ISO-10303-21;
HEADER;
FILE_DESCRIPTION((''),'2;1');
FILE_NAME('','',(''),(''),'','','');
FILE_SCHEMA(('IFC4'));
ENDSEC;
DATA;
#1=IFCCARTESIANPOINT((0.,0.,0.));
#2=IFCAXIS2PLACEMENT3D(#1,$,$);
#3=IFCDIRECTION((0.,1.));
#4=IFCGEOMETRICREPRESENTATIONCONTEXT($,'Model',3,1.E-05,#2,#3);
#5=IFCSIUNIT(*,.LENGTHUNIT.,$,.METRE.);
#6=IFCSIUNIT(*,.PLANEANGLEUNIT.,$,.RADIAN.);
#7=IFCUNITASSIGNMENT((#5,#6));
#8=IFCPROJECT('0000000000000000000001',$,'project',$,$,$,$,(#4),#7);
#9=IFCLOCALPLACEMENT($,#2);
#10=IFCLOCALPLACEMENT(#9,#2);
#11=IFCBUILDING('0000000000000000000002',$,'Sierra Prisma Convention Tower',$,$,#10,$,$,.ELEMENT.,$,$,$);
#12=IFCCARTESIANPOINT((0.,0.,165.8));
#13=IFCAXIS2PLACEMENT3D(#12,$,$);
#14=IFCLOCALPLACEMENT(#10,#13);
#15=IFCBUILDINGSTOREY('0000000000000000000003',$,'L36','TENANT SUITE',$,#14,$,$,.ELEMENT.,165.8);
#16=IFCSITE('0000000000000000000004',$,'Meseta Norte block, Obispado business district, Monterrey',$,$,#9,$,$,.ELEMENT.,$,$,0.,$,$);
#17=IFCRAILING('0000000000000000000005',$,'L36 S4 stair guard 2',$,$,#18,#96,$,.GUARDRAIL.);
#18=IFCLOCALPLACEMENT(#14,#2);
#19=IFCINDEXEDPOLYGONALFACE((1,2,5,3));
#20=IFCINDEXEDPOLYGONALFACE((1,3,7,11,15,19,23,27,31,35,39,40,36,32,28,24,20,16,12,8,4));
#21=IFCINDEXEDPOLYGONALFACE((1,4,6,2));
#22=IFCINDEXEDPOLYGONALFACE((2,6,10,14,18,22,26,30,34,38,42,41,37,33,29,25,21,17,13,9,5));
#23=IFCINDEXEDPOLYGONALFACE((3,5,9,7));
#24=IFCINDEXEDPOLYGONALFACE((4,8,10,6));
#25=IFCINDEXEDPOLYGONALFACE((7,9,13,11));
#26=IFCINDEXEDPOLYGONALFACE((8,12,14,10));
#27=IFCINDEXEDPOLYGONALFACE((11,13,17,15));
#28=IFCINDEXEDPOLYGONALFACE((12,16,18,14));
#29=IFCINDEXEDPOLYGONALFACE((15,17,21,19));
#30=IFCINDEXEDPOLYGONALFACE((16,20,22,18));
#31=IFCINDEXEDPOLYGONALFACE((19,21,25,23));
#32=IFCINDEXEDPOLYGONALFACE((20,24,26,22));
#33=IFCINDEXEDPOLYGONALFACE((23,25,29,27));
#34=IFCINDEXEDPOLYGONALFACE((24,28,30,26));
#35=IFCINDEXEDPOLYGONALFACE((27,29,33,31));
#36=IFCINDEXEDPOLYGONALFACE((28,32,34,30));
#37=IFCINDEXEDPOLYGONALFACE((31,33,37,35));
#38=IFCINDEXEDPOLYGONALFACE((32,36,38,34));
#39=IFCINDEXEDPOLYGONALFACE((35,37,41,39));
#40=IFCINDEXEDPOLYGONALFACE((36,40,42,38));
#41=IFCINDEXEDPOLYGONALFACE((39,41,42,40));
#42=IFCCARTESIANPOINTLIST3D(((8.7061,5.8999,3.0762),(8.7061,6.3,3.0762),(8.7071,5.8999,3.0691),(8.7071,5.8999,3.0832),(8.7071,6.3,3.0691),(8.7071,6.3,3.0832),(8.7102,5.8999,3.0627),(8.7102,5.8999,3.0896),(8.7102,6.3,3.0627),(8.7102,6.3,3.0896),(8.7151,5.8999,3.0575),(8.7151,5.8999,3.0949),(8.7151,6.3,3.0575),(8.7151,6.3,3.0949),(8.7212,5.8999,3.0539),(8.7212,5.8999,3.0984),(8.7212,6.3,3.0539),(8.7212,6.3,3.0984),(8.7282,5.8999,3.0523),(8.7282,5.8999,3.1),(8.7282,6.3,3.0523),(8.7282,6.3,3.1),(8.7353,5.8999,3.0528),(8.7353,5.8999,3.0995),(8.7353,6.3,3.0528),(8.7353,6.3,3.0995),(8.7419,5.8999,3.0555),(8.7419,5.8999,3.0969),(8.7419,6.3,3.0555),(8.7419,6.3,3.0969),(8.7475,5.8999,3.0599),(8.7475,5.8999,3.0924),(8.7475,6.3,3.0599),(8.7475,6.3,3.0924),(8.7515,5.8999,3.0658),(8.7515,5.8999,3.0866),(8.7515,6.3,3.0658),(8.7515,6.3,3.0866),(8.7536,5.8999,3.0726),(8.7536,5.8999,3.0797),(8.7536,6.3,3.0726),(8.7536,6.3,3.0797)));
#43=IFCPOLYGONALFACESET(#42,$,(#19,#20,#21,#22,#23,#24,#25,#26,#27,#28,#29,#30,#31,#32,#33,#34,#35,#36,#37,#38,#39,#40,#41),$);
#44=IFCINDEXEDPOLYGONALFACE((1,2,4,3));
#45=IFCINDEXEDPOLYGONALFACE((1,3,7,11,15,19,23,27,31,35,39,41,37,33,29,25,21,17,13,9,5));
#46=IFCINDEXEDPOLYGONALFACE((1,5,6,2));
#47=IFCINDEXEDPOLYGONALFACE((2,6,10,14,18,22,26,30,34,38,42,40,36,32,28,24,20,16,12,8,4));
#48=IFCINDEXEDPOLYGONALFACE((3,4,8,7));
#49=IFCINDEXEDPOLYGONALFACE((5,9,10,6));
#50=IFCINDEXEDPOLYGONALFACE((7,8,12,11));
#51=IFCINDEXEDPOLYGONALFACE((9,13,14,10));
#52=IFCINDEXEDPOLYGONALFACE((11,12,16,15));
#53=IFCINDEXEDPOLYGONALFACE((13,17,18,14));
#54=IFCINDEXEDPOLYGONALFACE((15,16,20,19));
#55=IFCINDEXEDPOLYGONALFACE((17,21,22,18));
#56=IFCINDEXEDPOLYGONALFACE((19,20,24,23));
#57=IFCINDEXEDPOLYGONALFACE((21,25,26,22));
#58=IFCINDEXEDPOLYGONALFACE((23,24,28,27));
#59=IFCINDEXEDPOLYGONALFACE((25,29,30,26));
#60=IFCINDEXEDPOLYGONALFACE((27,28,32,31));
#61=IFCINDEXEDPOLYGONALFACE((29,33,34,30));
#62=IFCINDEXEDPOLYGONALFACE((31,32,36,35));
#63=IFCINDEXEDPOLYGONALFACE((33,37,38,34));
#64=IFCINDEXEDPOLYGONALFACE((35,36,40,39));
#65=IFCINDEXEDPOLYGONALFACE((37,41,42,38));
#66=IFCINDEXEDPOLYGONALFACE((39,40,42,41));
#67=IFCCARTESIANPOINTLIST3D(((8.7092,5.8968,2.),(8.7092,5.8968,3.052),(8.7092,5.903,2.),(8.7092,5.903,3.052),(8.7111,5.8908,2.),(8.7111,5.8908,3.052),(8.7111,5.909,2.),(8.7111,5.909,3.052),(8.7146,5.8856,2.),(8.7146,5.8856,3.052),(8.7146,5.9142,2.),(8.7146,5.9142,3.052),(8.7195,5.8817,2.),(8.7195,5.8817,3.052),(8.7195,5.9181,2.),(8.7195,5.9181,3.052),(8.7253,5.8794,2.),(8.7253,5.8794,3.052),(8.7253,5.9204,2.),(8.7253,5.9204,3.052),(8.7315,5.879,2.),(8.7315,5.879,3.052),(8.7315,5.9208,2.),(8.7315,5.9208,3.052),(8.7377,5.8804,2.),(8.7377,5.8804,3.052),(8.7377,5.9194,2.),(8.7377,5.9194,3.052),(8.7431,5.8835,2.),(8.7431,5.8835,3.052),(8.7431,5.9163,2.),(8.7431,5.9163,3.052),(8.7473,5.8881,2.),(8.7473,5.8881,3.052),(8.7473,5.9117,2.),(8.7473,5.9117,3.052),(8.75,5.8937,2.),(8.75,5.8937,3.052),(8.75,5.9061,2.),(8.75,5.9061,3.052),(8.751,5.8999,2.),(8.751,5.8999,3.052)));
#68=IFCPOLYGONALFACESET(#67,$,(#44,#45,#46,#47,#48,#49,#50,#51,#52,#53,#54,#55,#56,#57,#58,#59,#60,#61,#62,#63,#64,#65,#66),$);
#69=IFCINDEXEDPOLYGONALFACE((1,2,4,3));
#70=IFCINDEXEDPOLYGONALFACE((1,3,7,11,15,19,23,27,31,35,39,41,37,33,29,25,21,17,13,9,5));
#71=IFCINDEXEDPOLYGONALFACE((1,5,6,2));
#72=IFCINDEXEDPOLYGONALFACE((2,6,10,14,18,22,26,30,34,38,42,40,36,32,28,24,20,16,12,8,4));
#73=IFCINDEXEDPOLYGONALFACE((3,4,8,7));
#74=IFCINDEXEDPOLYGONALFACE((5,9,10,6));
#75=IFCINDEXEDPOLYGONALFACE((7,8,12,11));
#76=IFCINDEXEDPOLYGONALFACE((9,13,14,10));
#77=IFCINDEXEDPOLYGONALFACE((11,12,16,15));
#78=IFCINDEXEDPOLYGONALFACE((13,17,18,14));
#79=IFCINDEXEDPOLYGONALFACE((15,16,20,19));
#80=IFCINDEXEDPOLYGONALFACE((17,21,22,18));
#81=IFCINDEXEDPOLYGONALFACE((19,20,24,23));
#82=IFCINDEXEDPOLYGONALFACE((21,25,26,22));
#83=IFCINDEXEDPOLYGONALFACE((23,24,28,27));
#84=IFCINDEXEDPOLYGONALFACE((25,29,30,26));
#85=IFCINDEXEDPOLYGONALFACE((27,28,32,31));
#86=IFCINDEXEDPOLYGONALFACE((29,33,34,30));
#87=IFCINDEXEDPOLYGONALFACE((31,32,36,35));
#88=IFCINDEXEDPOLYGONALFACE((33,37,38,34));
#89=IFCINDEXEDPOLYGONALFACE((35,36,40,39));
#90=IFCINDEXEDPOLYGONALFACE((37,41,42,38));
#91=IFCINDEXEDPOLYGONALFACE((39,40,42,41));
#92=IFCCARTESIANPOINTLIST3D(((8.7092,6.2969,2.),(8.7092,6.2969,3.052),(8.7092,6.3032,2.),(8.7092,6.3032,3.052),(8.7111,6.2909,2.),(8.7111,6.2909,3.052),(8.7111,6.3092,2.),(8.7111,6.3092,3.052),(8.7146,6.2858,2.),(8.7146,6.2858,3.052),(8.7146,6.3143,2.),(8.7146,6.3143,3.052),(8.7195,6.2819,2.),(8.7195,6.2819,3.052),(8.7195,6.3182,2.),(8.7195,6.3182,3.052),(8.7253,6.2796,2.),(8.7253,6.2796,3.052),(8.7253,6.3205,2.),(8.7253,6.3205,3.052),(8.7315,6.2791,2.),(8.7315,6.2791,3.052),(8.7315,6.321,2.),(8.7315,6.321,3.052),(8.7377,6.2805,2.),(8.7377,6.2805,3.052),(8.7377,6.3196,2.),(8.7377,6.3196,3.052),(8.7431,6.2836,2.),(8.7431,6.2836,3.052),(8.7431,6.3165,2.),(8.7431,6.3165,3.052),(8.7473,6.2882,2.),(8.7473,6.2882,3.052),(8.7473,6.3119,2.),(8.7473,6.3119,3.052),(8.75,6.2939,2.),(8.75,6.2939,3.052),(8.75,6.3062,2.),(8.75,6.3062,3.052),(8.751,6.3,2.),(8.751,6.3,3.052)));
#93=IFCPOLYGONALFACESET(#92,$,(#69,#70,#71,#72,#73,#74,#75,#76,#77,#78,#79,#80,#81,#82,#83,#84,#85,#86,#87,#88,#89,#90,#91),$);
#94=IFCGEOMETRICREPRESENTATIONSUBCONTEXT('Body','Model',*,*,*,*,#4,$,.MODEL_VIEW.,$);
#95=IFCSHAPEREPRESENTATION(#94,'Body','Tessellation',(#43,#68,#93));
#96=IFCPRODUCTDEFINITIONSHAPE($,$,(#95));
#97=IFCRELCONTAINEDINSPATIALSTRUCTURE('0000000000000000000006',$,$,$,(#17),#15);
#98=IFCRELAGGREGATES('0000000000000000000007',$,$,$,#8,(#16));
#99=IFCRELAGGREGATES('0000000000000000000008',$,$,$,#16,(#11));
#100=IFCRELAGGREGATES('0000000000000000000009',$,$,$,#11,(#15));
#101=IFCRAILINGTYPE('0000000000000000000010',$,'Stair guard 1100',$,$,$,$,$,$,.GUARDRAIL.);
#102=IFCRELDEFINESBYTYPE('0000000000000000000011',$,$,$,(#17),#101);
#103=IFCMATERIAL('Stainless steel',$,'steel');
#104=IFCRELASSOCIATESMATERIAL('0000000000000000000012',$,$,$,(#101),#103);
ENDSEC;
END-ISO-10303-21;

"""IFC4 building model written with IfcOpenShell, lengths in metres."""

from ifc_helpers import new_model, si_unit, direction, frame, origin, origin_2d, place, context, subcontext, project, spatial, circle, extrude, material, type_object, element, save


model = new_model("IFC4")

# Units and contexts
model_context = context("Model", 3, precision=1e-05, world=origin(), true_north=direction((0.0, 1.0)))
body_context = subcontext(model_context, "Body", "Model", "MODEL_VIEW")
ifc_project = project(units=[si_unit("LENGTHUNIT", "METRE"), si_unit("PLANEANGLEUNIT", "RADIAN")], contexts=[model_context])

# Site, building, storey
site_placement = place(None, origin())
site = spatial("IfcSite", under=ifc_project, at=site_placement, Name="Meseta Norte block, Obispado business district, Monterrey", CompositionType="ELEMENT", RefElevation=0.0)
building_placement = place(site_placement, origin())
building = spatial("IfcBuilding", under=site, at=building_placement, Name="Sierra Prisma Convention Tower", CompositionType="ELEMENT")
storey_placement = place(building_placement, frame((0.0, 0.0, 165.8)))
storey = spatial("IfcBuildingStorey", under=building, at=storey_placement, Name="L36", Description="TENANT SUITE", CompositionType="ELEMENT", Elevation=165.8)

# Railing
ifc_material_1 = material(Name="Stainless steel", Category="steel")
railing_type = type_object("IfcRailingType", Name="Stair guard 1100", PredefinedType="GUARDRAIL", material=ifc_material_1)
railing_1_placement = place(storey_placement, frame((8.73, 5.8999, 2.0)))
element("IfcRailing", 1, at=railing_1_placement, inside=storey, type_object=railing_type, Name="L36 S4 stair guard 2", PredefinedType="GUARDRAIL", context=body_context, shape_type="SweptSolid", body=[
    extrude(circle(Radius=0.0239, at=origin_2d()), frame((0.0, 0.0, 1.0762), z_axis=(0.0, 1.0, 0.0), x_axis=(-1.0, 0.0, 0.0)), (0.0, 0.0, 1.0), 0.4001),
    extrude(circle(Radius=0.021, at=origin_2d()), origin(), (0.0, 0.0, 1.0), 1.052),
    extrude(circle(Radius=0.021, at=origin_2d()), frame((0.0, 0.4001, 0.0)), (0.0, 0.0, 1.0), 1.052),
])

save(model, "model.ifc")
